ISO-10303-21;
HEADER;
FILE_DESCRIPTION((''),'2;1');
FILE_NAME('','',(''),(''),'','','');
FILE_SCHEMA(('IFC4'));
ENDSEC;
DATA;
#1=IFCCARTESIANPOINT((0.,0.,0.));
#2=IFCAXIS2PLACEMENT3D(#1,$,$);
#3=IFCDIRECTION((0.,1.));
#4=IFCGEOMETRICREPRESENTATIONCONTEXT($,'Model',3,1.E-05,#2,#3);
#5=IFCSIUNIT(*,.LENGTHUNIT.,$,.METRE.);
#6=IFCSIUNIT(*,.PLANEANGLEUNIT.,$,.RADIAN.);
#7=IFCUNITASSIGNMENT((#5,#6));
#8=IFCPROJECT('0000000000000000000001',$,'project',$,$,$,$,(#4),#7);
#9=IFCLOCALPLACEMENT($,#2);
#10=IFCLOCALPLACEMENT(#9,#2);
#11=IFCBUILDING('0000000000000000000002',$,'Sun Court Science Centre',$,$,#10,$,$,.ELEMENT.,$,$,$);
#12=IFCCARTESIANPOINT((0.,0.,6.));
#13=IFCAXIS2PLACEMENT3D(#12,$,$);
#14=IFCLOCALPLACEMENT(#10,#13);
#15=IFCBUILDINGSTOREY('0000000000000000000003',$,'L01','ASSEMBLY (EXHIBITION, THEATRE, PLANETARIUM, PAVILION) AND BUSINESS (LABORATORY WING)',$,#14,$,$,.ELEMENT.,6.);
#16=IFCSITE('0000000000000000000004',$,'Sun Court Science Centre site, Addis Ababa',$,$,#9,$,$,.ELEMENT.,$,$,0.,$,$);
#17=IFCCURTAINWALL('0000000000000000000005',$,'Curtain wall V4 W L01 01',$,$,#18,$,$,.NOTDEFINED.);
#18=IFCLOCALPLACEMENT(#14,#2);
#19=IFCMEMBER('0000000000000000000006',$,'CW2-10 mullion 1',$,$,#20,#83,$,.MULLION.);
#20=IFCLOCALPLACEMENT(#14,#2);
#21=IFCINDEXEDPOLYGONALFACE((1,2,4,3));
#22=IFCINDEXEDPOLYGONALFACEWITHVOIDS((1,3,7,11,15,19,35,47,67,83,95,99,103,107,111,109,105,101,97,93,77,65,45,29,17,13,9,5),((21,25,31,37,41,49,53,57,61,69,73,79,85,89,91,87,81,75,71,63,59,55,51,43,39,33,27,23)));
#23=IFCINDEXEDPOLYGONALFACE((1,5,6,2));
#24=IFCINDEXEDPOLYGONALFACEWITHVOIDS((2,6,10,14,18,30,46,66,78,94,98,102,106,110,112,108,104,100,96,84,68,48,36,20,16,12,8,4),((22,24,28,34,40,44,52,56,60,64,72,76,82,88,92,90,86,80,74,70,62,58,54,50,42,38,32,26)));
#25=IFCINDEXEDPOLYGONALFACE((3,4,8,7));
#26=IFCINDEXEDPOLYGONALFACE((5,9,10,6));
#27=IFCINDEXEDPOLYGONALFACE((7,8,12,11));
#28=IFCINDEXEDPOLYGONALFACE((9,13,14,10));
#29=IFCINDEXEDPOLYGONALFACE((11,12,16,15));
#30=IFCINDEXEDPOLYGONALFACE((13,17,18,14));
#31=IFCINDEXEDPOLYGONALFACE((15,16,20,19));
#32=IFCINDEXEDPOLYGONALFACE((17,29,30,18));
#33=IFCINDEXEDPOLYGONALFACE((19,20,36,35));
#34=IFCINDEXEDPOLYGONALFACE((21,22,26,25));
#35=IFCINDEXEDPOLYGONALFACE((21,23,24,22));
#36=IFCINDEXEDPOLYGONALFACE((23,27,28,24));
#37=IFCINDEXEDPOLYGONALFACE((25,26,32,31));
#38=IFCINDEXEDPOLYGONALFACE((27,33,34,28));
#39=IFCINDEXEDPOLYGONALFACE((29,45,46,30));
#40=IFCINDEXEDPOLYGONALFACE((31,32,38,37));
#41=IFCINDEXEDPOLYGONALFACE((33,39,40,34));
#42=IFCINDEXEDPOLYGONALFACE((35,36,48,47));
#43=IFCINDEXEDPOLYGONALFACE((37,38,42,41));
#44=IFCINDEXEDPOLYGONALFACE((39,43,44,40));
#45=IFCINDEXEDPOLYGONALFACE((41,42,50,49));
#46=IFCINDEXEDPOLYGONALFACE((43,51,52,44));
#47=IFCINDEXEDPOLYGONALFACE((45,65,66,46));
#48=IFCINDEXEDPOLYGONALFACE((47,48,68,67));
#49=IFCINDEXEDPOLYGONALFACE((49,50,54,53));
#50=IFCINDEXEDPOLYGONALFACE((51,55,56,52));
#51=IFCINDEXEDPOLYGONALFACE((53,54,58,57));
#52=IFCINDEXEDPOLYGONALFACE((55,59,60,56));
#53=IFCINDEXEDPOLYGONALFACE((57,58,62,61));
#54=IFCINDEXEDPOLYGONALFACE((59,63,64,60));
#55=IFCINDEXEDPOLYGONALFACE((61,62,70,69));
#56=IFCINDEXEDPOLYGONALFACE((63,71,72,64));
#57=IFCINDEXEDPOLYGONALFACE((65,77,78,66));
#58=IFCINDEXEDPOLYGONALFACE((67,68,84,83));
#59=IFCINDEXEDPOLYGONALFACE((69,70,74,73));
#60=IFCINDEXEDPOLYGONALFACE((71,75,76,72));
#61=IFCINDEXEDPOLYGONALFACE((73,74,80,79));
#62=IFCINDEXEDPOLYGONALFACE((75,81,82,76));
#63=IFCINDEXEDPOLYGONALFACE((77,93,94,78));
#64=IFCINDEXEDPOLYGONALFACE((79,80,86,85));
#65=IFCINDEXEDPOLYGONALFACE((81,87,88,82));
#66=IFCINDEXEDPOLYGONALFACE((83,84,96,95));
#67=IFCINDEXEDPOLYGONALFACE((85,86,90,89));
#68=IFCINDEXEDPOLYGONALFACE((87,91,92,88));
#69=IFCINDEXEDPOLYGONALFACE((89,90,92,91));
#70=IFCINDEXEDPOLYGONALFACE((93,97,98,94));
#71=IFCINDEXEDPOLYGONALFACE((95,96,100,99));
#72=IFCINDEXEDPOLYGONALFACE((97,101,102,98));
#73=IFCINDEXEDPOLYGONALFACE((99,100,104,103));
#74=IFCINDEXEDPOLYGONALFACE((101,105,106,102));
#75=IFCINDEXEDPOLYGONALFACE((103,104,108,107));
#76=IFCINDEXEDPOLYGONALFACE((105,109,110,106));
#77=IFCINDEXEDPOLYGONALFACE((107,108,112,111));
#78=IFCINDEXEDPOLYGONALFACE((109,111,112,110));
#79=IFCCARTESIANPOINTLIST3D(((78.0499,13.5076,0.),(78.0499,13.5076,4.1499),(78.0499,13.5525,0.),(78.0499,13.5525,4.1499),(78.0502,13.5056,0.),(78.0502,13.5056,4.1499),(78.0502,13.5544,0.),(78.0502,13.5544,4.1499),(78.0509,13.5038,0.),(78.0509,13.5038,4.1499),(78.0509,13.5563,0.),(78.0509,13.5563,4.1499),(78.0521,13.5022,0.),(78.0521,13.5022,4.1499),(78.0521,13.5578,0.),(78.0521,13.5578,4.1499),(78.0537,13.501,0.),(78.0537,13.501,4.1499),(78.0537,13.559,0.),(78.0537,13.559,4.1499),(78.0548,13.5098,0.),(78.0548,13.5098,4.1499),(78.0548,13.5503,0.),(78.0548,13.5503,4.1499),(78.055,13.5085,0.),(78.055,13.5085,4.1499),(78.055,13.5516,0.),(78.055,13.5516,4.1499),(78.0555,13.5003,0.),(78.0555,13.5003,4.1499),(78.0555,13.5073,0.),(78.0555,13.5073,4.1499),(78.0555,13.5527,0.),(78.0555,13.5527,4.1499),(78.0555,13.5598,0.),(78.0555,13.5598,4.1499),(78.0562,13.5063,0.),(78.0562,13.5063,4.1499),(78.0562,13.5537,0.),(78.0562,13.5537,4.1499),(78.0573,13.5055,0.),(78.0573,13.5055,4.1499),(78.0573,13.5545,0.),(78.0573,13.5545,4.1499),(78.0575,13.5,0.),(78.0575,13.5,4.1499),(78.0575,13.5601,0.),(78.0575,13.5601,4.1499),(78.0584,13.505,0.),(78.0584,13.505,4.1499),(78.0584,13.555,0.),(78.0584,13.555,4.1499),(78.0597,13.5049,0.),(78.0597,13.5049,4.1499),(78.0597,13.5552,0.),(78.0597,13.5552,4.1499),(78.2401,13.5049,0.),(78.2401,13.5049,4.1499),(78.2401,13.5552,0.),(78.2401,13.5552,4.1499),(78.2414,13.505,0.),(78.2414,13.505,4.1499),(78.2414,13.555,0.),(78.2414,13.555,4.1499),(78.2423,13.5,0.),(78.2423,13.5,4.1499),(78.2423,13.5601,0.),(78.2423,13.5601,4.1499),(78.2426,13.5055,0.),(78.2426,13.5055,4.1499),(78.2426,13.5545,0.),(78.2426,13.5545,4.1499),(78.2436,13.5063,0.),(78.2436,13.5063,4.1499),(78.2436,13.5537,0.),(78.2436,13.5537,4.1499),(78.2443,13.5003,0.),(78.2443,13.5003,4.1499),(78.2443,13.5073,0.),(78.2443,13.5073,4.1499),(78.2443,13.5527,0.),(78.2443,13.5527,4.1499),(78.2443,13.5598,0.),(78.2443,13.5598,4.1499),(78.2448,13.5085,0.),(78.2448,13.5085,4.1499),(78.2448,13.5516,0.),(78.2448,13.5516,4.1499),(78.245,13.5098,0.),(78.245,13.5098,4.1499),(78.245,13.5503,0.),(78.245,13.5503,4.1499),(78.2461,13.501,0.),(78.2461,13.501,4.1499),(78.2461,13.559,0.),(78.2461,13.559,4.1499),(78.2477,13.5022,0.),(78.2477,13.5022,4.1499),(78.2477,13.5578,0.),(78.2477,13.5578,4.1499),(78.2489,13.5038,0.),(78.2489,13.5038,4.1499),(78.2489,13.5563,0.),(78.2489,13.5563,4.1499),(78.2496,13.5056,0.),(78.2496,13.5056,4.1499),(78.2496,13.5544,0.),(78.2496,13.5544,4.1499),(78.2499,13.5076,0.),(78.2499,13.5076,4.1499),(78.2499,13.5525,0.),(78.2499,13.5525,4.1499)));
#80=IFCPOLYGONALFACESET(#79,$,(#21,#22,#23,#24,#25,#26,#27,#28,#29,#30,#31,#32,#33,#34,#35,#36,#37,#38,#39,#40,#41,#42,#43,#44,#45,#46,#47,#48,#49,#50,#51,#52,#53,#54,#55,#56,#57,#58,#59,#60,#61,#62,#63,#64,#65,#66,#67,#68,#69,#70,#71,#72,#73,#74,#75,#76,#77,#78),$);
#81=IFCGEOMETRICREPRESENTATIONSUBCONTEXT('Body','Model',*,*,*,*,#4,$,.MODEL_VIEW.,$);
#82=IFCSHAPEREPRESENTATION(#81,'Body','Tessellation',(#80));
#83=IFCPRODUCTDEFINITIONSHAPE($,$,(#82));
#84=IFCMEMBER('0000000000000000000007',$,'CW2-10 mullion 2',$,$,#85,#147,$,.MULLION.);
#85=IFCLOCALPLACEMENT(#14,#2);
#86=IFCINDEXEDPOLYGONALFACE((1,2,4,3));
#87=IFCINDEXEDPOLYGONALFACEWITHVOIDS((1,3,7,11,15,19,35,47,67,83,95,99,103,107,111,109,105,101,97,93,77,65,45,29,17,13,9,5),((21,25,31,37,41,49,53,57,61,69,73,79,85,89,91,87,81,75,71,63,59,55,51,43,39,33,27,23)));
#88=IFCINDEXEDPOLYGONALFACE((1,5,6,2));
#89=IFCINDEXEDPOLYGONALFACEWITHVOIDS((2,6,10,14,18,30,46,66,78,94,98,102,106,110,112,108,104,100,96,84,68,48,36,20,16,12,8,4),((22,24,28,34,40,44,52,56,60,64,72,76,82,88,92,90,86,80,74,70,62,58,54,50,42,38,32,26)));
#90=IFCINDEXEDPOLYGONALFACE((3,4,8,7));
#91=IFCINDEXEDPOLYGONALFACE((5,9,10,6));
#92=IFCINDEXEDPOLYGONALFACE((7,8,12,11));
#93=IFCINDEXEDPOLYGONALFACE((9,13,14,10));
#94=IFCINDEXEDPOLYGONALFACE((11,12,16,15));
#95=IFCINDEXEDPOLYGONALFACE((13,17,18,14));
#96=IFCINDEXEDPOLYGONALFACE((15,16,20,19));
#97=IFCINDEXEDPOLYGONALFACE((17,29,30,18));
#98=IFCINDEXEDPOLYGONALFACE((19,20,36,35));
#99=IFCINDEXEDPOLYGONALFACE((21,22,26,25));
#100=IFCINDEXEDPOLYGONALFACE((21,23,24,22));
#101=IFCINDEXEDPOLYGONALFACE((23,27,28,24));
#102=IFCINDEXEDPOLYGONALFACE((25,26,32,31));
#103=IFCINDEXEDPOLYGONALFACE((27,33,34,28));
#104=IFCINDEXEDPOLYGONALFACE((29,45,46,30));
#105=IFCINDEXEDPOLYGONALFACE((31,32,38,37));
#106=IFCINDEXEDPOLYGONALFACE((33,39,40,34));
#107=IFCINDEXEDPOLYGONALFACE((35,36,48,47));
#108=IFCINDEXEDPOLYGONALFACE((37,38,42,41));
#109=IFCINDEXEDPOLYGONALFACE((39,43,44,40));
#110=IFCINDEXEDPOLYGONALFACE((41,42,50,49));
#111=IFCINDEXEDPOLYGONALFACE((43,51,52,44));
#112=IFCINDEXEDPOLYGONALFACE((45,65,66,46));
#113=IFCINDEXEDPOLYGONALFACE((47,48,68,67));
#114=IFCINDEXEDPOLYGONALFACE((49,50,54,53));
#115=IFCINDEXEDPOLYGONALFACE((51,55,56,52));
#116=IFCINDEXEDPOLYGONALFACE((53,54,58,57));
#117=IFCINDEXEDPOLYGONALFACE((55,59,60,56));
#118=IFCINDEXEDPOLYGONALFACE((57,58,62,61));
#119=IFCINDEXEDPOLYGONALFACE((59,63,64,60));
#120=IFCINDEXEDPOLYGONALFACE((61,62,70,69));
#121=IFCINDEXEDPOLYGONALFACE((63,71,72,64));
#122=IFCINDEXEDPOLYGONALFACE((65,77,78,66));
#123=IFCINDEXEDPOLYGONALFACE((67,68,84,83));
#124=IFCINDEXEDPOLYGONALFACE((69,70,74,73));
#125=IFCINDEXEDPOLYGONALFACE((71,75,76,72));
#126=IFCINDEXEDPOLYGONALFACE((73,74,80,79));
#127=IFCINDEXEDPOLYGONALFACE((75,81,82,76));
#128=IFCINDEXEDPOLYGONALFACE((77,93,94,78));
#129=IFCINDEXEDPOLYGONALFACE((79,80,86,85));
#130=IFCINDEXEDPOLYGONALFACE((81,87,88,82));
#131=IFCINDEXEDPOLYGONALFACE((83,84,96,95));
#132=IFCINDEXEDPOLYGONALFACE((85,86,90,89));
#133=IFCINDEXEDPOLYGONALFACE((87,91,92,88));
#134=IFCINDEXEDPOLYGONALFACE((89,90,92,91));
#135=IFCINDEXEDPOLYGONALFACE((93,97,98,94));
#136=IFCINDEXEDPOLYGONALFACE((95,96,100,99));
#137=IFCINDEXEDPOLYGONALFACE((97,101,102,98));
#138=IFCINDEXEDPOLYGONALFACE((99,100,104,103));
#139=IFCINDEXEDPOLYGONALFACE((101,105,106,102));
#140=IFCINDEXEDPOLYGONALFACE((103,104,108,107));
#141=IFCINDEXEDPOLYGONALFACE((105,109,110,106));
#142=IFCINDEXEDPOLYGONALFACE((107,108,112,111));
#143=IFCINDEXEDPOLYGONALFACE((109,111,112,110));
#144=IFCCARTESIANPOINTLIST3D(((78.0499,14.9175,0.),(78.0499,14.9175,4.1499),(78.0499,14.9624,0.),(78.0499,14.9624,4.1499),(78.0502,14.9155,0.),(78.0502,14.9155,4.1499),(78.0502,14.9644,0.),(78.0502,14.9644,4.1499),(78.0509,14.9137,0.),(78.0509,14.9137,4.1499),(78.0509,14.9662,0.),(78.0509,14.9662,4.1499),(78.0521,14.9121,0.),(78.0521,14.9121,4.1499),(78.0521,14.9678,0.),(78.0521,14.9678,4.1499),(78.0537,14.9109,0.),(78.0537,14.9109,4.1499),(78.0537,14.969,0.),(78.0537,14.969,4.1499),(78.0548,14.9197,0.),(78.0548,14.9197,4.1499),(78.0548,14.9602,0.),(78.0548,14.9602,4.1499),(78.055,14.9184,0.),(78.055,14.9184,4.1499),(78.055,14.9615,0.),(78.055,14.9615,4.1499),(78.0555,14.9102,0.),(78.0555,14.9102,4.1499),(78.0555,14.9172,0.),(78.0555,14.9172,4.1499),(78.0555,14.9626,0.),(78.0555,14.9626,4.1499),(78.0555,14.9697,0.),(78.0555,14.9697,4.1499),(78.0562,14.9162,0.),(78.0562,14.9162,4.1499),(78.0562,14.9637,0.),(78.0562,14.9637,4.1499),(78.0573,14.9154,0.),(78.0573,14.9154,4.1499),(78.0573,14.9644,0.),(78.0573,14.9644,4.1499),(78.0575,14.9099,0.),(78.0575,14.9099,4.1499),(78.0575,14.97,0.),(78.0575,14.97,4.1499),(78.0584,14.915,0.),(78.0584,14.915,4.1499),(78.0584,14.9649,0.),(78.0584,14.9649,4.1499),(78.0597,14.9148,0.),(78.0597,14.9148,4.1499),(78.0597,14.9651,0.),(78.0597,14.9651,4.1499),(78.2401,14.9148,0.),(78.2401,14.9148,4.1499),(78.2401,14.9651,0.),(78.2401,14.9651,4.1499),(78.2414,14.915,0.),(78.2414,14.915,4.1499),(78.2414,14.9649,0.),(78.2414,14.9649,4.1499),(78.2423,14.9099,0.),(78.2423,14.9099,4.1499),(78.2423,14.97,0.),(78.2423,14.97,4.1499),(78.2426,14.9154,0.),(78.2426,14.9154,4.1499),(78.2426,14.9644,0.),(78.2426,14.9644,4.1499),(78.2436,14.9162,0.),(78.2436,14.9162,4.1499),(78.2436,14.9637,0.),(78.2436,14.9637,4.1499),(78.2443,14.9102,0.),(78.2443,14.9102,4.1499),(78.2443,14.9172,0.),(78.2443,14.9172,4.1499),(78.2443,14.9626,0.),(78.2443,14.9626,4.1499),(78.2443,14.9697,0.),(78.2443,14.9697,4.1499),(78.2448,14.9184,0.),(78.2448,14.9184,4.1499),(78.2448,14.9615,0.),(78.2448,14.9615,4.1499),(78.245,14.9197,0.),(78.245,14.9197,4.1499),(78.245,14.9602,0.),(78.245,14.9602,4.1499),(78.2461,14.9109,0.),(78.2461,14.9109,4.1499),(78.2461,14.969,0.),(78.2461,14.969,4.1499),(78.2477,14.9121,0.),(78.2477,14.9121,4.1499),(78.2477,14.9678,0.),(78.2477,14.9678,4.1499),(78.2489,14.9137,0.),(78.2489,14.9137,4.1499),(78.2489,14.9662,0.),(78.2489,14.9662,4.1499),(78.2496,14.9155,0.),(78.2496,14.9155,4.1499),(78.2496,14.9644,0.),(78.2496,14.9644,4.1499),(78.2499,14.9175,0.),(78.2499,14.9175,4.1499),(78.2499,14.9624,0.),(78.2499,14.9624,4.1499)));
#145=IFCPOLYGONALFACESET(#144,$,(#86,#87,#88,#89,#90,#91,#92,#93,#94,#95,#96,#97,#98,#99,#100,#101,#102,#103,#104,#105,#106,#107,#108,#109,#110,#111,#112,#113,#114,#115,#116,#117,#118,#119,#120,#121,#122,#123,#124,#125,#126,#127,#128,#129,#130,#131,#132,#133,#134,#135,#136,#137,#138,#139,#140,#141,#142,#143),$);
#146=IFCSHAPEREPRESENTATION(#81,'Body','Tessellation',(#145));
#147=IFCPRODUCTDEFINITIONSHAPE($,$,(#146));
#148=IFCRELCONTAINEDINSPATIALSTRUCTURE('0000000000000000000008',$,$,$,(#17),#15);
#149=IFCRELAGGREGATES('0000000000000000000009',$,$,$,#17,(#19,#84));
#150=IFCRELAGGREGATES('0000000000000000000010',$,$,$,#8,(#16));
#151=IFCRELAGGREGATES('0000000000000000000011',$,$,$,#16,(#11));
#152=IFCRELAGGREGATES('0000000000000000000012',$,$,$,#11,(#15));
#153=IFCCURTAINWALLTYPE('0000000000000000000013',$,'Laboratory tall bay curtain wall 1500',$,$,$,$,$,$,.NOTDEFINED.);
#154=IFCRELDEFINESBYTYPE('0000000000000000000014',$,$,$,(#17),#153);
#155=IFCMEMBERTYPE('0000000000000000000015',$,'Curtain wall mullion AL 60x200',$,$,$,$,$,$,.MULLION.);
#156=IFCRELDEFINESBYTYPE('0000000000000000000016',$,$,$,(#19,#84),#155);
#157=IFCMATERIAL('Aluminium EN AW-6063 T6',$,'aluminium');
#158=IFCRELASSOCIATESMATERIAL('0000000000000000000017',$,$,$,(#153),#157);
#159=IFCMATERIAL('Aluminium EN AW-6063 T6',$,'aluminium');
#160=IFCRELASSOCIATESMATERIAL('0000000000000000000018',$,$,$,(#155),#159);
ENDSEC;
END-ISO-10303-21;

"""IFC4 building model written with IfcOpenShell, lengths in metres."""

from ifc_helpers import new_model, si_unit, direction, frame, origin, origin_2d, place, context, subcontext, project, spatial, hollow_rectangle, extrude, material, material_profile, profile_set, type_object, element, aggregate, save


model = new_model("IFC4")

# Units and contexts
model_context = context("Model", 3, precision=1e-05, world=origin(), true_north=direction((0.0, 1.0)))
body_context = subcontext(model_context, "Body", "Model", "MODEL_VIEW")
ifc_project = project(units=[si_unit("LENGTHUNIT", "METRE"), si_unit("PLANEANGLEUNIT", "RADIAN")], contexts=[model_context])

# Site, building, storey
site_placement = place(None, origin())
site = spatial("IfcSite", under=ifc_project, at=site_placement, Name="Sun Court Science Centre site, Addis Ababa", CompositionType="ELEMENT", RefElevation=0.0)
building_placement = place(site_placement, origin())
building = spatial("IfcBuilding", under=site, at=building_placement, Name="Sun Court Science Centre", CompositionType="ELEMENT")
storey_placement = place(building_placement, frame((0.0, 0.0, 6.0)))
storey = spatial("IfcBuildingStorey", under=building, at=storey_placement, Name="L01", Description="ASSEMBLY (EXHIBITION, THEATRE, PLANETARIUM, PAVILION) AND BUSINESS (LABORATORY WING)", CompositionType="ELEMENT", Elevation=6.0)

# Curtain wall, members
ifc_material_1 = material(Name="Aluminium EN AW-6063 T6", Category="aluminium")
curtain_wall_type = type_object("IfcCurtainWallType", Name="Laboratory tall bay curtain wall 1500", PredefinedType="NOTDEFINED", material=ifc_material_1)
curtain_wall_placement = place(storey_placement, origin())
curtain_wall = element("IfcCurtainWall", 1, at=curtain_wall_placement, inside=storey, type_object=curtain_wall_type, Name="Curtain wall V4 W L01 01", PredefinedType="NOTDEFINED")
ifc_material_2 = material(Name="Aluminium EN AW-6063 T6", Category="aluminium")
ifc_material_profile_1 = material_profile(ifc_material_2, hollow_rectangle(XDim=0.0601, YDim=0.2, WallThickness=0.0049, InnerFilletRadius=0.0049, OuterFilletRadius=0.0076, at=origin_2d()), Name="AL 60x200x5")
ifc_profile_set_1 = profile_set([ifc_material_profile_1], Name="Aluminium EN AW-6063 T6")
member_type_1 = type_object("IfcMemberType", Name="Curtain wall mullion AL 60x200", PredefinedType="MULLION", material=ifc_profile_set_1)
member_1_placement = place(storey_placement, frame((78.1499, 13.53, 0.0), z_axis=(0.0, 0.0, 1.0), x_axis=(0.0, 1.0, 0.0)))
member_1 = element("IfcMember", 2, at=member_1_placement, type_object=member_type_1, Name="CW2-10 mullion 1", PredefinedType="MULLION", context=body_context, shape_type="SweptSolid", body=[
    extrude(hollow_rectangle(XDim=0.0601, YDim=0.2, WallThickness=0.0049, InnerFilletRadius=0.0049, OuterFilletRadius=0.0076, at=origin_2d()), origin(), (0.0, 0.0, 1.0), 4.1499),
])
member_2_placement = place(storey_placement, frame((78.1499, 14.9399, 0.0), z_axis=(0.0, 0.0, 1.0), x_axis=(0.0, 1.0, 0.0)))
member_2 = element("IfcMember", 3, at=member_2_placement, type_object=member_type_1, Name="CW2-10 mullion 2", PredefinedType="MULLION", context=body_context, shape_type="SweptSolid", body=[
    extrude(hollow_rectangle(XDim=0.0601, YDim=0.2, WallThickness=0.0049, InnerFilletRadius=0.0049, OuterFilletRadius=0.0076, at=origin_2d()), origin(), (0.0, 0.0, 1.0), 4.1499),
])

aggregate(curtain_wall, [member_1, member_2])

save(model, "model.ifc")
